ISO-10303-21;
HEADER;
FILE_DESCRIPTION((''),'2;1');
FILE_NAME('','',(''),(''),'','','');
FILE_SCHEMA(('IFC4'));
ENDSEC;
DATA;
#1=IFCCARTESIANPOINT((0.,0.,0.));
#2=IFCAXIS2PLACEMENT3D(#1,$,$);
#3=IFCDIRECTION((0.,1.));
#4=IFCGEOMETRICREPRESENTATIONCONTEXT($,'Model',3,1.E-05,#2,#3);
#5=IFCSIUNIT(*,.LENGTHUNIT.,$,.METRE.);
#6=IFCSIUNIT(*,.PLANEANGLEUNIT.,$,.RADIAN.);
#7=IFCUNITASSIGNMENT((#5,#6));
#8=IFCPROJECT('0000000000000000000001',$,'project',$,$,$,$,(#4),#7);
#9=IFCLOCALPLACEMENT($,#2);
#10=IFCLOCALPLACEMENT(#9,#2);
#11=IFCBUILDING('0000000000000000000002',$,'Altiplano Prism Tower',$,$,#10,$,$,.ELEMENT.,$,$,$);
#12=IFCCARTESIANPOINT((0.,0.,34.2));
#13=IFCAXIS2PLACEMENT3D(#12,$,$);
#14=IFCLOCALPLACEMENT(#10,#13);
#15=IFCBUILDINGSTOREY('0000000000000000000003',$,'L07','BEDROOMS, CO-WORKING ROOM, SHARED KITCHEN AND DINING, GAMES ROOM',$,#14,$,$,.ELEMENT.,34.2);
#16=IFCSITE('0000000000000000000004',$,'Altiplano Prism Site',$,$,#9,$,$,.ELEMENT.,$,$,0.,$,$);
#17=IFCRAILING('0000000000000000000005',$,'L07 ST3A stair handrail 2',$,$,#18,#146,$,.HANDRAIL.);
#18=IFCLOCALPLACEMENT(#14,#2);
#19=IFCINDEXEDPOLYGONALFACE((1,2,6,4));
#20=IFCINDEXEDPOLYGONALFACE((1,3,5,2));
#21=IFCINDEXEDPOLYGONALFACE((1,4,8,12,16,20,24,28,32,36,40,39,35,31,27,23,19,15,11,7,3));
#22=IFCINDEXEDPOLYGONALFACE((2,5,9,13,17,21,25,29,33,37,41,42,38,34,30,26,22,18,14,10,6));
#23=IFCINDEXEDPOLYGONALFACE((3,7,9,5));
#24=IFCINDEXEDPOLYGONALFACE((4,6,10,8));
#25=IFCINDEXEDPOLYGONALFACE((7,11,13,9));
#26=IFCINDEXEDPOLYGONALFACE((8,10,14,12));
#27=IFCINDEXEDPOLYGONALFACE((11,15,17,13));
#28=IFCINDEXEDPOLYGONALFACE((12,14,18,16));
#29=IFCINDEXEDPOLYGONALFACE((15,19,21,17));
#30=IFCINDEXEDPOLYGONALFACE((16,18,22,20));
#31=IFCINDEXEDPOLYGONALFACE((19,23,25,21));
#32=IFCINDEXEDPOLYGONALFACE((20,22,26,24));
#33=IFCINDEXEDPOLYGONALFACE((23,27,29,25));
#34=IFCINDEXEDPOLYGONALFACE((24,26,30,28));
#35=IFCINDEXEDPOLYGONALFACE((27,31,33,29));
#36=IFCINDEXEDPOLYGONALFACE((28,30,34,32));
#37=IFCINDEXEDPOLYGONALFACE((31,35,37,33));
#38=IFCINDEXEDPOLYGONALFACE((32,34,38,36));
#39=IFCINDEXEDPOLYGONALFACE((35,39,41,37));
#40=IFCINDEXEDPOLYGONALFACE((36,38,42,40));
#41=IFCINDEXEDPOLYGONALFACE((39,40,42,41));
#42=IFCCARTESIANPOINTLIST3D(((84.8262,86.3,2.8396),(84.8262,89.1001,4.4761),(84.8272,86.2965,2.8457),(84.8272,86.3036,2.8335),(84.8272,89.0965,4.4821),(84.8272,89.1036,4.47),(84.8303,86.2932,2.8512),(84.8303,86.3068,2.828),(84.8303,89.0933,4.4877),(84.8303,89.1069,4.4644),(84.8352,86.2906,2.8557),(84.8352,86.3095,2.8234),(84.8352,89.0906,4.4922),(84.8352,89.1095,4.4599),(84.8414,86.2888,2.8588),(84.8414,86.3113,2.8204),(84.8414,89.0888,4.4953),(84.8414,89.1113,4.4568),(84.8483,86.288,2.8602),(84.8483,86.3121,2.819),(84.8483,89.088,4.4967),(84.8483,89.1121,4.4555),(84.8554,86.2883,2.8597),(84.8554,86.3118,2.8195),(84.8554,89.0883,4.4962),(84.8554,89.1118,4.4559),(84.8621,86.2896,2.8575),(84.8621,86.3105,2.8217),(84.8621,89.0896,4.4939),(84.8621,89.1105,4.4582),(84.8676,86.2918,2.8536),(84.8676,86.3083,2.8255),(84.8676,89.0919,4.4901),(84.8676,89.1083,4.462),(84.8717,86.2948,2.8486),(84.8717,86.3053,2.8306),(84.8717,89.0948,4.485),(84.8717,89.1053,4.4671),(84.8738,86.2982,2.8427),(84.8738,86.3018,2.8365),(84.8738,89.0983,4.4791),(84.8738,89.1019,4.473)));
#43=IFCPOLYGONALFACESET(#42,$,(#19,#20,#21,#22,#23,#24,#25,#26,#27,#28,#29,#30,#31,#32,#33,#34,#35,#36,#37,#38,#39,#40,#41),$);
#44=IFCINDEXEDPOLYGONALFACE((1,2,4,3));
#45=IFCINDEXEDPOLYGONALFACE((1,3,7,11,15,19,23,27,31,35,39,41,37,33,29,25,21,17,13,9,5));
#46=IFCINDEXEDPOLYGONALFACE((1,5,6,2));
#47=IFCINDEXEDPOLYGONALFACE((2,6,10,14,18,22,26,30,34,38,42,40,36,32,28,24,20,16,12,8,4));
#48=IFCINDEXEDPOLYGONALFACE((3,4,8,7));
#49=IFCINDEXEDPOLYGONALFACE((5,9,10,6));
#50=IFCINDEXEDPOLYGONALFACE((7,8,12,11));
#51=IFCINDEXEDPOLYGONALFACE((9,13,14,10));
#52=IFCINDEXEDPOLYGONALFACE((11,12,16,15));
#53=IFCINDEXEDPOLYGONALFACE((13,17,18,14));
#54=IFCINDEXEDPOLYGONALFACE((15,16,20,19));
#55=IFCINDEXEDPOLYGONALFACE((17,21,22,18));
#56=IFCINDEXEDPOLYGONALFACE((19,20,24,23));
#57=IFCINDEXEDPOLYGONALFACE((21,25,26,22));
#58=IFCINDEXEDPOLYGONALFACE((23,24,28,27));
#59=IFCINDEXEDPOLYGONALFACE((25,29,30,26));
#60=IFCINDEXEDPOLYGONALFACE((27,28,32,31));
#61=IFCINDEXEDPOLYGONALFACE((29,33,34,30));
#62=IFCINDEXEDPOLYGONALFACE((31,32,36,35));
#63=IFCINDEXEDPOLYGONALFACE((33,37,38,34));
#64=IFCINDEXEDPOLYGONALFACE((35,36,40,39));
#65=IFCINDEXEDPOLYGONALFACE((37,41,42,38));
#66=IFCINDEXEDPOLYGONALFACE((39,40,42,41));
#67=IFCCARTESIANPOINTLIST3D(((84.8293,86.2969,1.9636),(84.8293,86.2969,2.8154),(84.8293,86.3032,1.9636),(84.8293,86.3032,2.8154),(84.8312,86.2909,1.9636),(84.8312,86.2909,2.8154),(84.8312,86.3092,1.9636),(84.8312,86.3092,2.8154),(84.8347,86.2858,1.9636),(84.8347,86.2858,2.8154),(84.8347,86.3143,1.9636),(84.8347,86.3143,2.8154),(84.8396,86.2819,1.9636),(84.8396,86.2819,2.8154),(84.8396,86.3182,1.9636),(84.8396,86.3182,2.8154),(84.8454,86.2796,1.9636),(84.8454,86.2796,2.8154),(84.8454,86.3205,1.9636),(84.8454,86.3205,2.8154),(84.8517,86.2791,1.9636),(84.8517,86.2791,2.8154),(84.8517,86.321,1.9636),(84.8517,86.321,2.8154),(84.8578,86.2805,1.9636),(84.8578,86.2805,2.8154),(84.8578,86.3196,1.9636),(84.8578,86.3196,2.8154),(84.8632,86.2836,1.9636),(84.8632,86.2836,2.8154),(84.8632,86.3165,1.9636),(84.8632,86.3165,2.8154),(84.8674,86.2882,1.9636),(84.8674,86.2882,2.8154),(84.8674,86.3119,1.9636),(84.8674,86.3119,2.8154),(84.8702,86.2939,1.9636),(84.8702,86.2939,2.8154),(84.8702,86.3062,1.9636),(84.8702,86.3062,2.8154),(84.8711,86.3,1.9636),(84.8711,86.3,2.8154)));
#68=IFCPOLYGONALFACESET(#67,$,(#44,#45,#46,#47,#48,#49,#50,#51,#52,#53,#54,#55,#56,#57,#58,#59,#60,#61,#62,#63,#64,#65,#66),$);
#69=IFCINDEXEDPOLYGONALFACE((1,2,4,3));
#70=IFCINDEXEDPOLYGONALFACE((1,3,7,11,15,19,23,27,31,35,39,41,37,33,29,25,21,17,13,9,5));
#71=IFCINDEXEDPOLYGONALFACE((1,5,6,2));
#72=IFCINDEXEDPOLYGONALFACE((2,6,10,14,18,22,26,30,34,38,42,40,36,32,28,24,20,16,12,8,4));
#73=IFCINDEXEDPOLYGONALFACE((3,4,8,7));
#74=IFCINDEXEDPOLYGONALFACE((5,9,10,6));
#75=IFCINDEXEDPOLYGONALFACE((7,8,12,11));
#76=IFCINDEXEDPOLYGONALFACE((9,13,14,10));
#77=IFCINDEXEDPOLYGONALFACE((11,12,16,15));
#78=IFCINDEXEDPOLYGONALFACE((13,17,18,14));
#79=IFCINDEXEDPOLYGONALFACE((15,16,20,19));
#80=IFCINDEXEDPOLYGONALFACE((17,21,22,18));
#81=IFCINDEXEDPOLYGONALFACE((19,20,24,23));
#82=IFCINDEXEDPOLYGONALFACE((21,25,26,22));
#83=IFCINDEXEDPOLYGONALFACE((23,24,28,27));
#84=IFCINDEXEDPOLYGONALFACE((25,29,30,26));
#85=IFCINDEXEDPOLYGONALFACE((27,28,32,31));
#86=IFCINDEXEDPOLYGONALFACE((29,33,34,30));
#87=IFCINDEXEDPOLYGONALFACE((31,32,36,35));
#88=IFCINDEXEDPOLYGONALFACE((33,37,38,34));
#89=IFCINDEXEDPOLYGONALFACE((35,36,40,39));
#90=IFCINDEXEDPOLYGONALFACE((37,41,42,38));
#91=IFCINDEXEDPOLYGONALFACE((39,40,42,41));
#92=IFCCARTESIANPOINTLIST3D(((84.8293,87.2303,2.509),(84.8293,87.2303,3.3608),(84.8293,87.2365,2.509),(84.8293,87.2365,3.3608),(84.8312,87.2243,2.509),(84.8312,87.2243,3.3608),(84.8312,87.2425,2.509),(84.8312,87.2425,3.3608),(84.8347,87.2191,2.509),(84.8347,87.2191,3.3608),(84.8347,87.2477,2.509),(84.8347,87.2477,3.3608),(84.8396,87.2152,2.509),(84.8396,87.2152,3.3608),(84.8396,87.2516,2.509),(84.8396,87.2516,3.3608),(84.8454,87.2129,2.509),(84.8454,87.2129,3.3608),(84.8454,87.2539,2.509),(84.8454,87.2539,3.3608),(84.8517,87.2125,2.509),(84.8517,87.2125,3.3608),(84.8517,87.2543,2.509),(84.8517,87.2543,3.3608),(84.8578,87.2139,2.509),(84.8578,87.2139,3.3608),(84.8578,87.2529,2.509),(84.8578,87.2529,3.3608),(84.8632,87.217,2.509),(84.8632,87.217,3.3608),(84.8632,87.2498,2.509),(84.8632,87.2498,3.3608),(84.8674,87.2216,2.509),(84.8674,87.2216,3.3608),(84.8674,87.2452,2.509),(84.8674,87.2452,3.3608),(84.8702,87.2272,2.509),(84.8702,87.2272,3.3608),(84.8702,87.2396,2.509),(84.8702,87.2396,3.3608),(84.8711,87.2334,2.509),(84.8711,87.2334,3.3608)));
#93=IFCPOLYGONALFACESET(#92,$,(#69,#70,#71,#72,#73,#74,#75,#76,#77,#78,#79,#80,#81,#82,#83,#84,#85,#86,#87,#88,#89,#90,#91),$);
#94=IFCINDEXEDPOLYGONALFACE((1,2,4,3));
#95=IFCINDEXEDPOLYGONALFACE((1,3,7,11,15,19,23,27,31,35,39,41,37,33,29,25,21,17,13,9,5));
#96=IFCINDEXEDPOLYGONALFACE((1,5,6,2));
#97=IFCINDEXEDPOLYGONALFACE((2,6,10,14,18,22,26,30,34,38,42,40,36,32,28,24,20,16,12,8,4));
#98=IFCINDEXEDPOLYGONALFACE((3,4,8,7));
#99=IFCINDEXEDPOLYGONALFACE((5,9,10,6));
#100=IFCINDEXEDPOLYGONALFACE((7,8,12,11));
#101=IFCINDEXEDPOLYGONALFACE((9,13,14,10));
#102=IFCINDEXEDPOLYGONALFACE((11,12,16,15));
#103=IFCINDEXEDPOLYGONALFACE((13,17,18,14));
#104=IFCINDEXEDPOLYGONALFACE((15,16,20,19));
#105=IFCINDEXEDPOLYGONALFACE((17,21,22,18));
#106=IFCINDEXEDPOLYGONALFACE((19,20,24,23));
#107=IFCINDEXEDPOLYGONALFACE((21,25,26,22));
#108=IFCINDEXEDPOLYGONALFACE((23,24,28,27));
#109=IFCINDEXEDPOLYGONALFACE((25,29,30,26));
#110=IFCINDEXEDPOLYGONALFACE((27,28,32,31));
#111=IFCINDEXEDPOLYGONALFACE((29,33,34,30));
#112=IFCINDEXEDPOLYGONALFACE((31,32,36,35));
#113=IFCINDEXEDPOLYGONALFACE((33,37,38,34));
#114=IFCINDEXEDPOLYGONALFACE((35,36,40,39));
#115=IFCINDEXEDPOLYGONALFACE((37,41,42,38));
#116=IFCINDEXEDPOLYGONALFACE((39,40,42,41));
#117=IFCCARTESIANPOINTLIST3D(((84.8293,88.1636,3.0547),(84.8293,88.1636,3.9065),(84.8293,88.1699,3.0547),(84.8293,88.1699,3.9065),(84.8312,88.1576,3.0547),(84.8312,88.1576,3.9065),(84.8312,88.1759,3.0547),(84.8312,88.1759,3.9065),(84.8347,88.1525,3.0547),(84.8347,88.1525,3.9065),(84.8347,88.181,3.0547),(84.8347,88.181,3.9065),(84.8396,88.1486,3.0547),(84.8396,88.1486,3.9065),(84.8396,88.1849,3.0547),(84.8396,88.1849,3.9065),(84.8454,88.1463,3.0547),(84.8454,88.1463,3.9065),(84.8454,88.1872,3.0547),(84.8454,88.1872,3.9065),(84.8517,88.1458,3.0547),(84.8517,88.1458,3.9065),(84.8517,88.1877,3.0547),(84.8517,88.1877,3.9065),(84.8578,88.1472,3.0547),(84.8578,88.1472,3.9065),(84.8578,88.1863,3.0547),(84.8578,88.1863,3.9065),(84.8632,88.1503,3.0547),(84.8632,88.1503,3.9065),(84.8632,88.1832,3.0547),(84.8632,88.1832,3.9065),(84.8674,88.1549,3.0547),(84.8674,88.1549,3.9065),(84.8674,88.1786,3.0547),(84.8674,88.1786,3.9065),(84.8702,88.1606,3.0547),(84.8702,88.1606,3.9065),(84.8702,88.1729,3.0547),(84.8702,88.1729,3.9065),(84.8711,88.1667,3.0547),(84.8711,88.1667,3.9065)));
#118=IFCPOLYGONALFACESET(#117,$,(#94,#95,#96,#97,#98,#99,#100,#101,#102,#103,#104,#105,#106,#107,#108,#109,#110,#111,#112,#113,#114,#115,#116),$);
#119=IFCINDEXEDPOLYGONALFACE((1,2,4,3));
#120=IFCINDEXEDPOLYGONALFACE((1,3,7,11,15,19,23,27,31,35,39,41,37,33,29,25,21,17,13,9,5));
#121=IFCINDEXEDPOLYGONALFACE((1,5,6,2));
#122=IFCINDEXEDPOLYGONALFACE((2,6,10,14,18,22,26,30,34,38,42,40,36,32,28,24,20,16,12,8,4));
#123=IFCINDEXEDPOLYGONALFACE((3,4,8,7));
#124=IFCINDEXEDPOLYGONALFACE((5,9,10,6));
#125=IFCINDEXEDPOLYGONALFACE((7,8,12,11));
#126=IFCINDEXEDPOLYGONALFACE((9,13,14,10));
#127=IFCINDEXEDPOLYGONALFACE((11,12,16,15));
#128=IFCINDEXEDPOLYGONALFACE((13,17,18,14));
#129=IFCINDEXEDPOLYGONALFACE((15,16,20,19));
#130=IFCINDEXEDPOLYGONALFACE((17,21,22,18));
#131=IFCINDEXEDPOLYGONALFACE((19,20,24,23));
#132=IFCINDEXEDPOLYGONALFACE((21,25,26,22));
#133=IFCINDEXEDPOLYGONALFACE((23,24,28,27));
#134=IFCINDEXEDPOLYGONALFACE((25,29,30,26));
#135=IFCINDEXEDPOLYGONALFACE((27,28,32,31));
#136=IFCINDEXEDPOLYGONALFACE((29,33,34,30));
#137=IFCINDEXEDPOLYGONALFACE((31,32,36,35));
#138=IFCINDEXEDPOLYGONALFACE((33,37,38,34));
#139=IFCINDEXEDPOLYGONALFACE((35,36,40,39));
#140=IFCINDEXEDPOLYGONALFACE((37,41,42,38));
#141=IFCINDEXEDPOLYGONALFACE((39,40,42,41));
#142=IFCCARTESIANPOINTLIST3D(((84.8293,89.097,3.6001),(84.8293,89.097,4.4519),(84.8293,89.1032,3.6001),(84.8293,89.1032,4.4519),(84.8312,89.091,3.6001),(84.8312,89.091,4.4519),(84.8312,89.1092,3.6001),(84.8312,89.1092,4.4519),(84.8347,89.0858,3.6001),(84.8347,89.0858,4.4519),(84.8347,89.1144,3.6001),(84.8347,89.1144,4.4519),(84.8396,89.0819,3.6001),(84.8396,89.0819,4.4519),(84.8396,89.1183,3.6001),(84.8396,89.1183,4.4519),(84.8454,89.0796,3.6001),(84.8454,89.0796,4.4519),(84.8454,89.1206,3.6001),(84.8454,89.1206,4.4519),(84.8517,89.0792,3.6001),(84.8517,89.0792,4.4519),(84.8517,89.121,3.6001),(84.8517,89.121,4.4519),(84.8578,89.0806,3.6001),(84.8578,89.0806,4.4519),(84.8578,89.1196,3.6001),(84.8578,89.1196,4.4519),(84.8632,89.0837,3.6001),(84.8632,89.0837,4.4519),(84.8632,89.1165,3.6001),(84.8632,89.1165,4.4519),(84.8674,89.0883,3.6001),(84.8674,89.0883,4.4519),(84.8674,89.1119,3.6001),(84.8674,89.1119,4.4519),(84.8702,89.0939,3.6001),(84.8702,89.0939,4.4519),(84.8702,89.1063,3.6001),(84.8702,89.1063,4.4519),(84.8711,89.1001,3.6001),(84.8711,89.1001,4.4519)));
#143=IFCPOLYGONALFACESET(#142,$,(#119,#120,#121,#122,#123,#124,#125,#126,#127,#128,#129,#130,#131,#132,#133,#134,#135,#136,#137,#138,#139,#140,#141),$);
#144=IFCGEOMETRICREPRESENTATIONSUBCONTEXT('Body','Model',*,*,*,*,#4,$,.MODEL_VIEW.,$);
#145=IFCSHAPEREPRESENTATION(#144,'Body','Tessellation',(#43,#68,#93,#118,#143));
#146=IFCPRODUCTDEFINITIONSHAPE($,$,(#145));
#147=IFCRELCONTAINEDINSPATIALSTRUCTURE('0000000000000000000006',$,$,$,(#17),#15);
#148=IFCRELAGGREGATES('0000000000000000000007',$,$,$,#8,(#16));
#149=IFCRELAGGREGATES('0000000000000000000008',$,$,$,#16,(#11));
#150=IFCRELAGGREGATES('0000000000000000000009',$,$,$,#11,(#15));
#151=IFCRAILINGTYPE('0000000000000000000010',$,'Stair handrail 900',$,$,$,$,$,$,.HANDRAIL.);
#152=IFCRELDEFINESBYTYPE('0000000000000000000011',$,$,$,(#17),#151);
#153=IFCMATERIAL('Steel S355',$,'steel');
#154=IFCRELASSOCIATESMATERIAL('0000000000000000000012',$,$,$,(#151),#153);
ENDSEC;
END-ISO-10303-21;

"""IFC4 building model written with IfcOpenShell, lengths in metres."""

from ifc_helpers import new_model, si_unit, direction, frame, origin, origin_2d, place, context, subcontext, project, spatial, circle, extrude, material, type_object, element, save


model = new_model("IFC4")

# Units and contexts
model_context = context("Model", 3, precision=1e-05, world=origin(), true_north=direction((0.0, 1.0)))
body_context = subcontext(model_context, "Body", "Model", "MODEL_VIEW")
ifc_project = project(units=[si_unit("LENGTHUNIT", "METRE"), si_unit("PLANEANGLEUNIT", "RADIAN")], contexts=[model_context])

# Site, building, storey
site_placement = place(None, origin())
site = spatial("IfcSite", under=ifc_project, at=site_placement, Name="Altiplano Prism Site", CompositionType="ELEMENT", RefElevation=0.0)
building_placement = place(site_placement, origin())
building = spatial("IfcBuilding", under=site, at=building_placement, Name="Altiplano Prism Tower", CompositionType="ELEMENT")
storey_placement = place(building_placement, frame((0.0, 0.0, 34.2)))
storey = spatial("IfcBuildingStorey", under=building, at=storey_placement, Name="L07", Description="BEDROOMS, CO-WORKING ROOM, SHARED KITCHEN AND DINING, GAMES ROOM", CompositionType="ELEMENT", Elevation=34.2)

# Railing
ifc_material_1 = material(Name="Steel S355", Category="steel")
railing_type_1 = type_object("IfcRailingType", Name="Stair handrail 900", PredefinedType="HANDRAIL", material=ifc_material_1)
railing_1_placement = place(storey_placement, frame((84.8501, 86.3, 1.9636)))
element("IfcRailing", 1, at=railing_1_placement, inside=storey, type_object=railing_type_1, Name="L07 ST3A stair handrail 2", PredefinedType="HANDRAIL", context=body_context, shape_type="SweptSolid", body=[
    extrude(circle(Radius=0.0239, at=origin_2d()), frame((0.0, 0.0, 0.876), z_axis=(0.0, 0.863361, 0.504587), x_axis=(-1.0, 0.0, 0.0)), (0.0, 0.0, 1.0), 3.2432),
    extrude(circle(Radius=0.021, at=origin_2d()), origin(), (0.0, 0.0, 1.0), 0.8518),
    extrude(circle(Radius=0.021, at=origin_2d()), frame((0.0, 0.9333, 0.5454)), (0.0, 0.0, 1.0), 0.8518),
    extrude(circle(Radius=0.021, at=origin_2d()), frame((0.0, 1.8667, 1.0911)), (0.0, 0.0, 1.0), 0.8518),
    extrude(circle(Radius=0.021, at=origin_2d()), frame((0.0, 2.8, 1.6365)), (0.0, 0.0, 1.0), 0.8518),
])

save(model, "model.ifc")
